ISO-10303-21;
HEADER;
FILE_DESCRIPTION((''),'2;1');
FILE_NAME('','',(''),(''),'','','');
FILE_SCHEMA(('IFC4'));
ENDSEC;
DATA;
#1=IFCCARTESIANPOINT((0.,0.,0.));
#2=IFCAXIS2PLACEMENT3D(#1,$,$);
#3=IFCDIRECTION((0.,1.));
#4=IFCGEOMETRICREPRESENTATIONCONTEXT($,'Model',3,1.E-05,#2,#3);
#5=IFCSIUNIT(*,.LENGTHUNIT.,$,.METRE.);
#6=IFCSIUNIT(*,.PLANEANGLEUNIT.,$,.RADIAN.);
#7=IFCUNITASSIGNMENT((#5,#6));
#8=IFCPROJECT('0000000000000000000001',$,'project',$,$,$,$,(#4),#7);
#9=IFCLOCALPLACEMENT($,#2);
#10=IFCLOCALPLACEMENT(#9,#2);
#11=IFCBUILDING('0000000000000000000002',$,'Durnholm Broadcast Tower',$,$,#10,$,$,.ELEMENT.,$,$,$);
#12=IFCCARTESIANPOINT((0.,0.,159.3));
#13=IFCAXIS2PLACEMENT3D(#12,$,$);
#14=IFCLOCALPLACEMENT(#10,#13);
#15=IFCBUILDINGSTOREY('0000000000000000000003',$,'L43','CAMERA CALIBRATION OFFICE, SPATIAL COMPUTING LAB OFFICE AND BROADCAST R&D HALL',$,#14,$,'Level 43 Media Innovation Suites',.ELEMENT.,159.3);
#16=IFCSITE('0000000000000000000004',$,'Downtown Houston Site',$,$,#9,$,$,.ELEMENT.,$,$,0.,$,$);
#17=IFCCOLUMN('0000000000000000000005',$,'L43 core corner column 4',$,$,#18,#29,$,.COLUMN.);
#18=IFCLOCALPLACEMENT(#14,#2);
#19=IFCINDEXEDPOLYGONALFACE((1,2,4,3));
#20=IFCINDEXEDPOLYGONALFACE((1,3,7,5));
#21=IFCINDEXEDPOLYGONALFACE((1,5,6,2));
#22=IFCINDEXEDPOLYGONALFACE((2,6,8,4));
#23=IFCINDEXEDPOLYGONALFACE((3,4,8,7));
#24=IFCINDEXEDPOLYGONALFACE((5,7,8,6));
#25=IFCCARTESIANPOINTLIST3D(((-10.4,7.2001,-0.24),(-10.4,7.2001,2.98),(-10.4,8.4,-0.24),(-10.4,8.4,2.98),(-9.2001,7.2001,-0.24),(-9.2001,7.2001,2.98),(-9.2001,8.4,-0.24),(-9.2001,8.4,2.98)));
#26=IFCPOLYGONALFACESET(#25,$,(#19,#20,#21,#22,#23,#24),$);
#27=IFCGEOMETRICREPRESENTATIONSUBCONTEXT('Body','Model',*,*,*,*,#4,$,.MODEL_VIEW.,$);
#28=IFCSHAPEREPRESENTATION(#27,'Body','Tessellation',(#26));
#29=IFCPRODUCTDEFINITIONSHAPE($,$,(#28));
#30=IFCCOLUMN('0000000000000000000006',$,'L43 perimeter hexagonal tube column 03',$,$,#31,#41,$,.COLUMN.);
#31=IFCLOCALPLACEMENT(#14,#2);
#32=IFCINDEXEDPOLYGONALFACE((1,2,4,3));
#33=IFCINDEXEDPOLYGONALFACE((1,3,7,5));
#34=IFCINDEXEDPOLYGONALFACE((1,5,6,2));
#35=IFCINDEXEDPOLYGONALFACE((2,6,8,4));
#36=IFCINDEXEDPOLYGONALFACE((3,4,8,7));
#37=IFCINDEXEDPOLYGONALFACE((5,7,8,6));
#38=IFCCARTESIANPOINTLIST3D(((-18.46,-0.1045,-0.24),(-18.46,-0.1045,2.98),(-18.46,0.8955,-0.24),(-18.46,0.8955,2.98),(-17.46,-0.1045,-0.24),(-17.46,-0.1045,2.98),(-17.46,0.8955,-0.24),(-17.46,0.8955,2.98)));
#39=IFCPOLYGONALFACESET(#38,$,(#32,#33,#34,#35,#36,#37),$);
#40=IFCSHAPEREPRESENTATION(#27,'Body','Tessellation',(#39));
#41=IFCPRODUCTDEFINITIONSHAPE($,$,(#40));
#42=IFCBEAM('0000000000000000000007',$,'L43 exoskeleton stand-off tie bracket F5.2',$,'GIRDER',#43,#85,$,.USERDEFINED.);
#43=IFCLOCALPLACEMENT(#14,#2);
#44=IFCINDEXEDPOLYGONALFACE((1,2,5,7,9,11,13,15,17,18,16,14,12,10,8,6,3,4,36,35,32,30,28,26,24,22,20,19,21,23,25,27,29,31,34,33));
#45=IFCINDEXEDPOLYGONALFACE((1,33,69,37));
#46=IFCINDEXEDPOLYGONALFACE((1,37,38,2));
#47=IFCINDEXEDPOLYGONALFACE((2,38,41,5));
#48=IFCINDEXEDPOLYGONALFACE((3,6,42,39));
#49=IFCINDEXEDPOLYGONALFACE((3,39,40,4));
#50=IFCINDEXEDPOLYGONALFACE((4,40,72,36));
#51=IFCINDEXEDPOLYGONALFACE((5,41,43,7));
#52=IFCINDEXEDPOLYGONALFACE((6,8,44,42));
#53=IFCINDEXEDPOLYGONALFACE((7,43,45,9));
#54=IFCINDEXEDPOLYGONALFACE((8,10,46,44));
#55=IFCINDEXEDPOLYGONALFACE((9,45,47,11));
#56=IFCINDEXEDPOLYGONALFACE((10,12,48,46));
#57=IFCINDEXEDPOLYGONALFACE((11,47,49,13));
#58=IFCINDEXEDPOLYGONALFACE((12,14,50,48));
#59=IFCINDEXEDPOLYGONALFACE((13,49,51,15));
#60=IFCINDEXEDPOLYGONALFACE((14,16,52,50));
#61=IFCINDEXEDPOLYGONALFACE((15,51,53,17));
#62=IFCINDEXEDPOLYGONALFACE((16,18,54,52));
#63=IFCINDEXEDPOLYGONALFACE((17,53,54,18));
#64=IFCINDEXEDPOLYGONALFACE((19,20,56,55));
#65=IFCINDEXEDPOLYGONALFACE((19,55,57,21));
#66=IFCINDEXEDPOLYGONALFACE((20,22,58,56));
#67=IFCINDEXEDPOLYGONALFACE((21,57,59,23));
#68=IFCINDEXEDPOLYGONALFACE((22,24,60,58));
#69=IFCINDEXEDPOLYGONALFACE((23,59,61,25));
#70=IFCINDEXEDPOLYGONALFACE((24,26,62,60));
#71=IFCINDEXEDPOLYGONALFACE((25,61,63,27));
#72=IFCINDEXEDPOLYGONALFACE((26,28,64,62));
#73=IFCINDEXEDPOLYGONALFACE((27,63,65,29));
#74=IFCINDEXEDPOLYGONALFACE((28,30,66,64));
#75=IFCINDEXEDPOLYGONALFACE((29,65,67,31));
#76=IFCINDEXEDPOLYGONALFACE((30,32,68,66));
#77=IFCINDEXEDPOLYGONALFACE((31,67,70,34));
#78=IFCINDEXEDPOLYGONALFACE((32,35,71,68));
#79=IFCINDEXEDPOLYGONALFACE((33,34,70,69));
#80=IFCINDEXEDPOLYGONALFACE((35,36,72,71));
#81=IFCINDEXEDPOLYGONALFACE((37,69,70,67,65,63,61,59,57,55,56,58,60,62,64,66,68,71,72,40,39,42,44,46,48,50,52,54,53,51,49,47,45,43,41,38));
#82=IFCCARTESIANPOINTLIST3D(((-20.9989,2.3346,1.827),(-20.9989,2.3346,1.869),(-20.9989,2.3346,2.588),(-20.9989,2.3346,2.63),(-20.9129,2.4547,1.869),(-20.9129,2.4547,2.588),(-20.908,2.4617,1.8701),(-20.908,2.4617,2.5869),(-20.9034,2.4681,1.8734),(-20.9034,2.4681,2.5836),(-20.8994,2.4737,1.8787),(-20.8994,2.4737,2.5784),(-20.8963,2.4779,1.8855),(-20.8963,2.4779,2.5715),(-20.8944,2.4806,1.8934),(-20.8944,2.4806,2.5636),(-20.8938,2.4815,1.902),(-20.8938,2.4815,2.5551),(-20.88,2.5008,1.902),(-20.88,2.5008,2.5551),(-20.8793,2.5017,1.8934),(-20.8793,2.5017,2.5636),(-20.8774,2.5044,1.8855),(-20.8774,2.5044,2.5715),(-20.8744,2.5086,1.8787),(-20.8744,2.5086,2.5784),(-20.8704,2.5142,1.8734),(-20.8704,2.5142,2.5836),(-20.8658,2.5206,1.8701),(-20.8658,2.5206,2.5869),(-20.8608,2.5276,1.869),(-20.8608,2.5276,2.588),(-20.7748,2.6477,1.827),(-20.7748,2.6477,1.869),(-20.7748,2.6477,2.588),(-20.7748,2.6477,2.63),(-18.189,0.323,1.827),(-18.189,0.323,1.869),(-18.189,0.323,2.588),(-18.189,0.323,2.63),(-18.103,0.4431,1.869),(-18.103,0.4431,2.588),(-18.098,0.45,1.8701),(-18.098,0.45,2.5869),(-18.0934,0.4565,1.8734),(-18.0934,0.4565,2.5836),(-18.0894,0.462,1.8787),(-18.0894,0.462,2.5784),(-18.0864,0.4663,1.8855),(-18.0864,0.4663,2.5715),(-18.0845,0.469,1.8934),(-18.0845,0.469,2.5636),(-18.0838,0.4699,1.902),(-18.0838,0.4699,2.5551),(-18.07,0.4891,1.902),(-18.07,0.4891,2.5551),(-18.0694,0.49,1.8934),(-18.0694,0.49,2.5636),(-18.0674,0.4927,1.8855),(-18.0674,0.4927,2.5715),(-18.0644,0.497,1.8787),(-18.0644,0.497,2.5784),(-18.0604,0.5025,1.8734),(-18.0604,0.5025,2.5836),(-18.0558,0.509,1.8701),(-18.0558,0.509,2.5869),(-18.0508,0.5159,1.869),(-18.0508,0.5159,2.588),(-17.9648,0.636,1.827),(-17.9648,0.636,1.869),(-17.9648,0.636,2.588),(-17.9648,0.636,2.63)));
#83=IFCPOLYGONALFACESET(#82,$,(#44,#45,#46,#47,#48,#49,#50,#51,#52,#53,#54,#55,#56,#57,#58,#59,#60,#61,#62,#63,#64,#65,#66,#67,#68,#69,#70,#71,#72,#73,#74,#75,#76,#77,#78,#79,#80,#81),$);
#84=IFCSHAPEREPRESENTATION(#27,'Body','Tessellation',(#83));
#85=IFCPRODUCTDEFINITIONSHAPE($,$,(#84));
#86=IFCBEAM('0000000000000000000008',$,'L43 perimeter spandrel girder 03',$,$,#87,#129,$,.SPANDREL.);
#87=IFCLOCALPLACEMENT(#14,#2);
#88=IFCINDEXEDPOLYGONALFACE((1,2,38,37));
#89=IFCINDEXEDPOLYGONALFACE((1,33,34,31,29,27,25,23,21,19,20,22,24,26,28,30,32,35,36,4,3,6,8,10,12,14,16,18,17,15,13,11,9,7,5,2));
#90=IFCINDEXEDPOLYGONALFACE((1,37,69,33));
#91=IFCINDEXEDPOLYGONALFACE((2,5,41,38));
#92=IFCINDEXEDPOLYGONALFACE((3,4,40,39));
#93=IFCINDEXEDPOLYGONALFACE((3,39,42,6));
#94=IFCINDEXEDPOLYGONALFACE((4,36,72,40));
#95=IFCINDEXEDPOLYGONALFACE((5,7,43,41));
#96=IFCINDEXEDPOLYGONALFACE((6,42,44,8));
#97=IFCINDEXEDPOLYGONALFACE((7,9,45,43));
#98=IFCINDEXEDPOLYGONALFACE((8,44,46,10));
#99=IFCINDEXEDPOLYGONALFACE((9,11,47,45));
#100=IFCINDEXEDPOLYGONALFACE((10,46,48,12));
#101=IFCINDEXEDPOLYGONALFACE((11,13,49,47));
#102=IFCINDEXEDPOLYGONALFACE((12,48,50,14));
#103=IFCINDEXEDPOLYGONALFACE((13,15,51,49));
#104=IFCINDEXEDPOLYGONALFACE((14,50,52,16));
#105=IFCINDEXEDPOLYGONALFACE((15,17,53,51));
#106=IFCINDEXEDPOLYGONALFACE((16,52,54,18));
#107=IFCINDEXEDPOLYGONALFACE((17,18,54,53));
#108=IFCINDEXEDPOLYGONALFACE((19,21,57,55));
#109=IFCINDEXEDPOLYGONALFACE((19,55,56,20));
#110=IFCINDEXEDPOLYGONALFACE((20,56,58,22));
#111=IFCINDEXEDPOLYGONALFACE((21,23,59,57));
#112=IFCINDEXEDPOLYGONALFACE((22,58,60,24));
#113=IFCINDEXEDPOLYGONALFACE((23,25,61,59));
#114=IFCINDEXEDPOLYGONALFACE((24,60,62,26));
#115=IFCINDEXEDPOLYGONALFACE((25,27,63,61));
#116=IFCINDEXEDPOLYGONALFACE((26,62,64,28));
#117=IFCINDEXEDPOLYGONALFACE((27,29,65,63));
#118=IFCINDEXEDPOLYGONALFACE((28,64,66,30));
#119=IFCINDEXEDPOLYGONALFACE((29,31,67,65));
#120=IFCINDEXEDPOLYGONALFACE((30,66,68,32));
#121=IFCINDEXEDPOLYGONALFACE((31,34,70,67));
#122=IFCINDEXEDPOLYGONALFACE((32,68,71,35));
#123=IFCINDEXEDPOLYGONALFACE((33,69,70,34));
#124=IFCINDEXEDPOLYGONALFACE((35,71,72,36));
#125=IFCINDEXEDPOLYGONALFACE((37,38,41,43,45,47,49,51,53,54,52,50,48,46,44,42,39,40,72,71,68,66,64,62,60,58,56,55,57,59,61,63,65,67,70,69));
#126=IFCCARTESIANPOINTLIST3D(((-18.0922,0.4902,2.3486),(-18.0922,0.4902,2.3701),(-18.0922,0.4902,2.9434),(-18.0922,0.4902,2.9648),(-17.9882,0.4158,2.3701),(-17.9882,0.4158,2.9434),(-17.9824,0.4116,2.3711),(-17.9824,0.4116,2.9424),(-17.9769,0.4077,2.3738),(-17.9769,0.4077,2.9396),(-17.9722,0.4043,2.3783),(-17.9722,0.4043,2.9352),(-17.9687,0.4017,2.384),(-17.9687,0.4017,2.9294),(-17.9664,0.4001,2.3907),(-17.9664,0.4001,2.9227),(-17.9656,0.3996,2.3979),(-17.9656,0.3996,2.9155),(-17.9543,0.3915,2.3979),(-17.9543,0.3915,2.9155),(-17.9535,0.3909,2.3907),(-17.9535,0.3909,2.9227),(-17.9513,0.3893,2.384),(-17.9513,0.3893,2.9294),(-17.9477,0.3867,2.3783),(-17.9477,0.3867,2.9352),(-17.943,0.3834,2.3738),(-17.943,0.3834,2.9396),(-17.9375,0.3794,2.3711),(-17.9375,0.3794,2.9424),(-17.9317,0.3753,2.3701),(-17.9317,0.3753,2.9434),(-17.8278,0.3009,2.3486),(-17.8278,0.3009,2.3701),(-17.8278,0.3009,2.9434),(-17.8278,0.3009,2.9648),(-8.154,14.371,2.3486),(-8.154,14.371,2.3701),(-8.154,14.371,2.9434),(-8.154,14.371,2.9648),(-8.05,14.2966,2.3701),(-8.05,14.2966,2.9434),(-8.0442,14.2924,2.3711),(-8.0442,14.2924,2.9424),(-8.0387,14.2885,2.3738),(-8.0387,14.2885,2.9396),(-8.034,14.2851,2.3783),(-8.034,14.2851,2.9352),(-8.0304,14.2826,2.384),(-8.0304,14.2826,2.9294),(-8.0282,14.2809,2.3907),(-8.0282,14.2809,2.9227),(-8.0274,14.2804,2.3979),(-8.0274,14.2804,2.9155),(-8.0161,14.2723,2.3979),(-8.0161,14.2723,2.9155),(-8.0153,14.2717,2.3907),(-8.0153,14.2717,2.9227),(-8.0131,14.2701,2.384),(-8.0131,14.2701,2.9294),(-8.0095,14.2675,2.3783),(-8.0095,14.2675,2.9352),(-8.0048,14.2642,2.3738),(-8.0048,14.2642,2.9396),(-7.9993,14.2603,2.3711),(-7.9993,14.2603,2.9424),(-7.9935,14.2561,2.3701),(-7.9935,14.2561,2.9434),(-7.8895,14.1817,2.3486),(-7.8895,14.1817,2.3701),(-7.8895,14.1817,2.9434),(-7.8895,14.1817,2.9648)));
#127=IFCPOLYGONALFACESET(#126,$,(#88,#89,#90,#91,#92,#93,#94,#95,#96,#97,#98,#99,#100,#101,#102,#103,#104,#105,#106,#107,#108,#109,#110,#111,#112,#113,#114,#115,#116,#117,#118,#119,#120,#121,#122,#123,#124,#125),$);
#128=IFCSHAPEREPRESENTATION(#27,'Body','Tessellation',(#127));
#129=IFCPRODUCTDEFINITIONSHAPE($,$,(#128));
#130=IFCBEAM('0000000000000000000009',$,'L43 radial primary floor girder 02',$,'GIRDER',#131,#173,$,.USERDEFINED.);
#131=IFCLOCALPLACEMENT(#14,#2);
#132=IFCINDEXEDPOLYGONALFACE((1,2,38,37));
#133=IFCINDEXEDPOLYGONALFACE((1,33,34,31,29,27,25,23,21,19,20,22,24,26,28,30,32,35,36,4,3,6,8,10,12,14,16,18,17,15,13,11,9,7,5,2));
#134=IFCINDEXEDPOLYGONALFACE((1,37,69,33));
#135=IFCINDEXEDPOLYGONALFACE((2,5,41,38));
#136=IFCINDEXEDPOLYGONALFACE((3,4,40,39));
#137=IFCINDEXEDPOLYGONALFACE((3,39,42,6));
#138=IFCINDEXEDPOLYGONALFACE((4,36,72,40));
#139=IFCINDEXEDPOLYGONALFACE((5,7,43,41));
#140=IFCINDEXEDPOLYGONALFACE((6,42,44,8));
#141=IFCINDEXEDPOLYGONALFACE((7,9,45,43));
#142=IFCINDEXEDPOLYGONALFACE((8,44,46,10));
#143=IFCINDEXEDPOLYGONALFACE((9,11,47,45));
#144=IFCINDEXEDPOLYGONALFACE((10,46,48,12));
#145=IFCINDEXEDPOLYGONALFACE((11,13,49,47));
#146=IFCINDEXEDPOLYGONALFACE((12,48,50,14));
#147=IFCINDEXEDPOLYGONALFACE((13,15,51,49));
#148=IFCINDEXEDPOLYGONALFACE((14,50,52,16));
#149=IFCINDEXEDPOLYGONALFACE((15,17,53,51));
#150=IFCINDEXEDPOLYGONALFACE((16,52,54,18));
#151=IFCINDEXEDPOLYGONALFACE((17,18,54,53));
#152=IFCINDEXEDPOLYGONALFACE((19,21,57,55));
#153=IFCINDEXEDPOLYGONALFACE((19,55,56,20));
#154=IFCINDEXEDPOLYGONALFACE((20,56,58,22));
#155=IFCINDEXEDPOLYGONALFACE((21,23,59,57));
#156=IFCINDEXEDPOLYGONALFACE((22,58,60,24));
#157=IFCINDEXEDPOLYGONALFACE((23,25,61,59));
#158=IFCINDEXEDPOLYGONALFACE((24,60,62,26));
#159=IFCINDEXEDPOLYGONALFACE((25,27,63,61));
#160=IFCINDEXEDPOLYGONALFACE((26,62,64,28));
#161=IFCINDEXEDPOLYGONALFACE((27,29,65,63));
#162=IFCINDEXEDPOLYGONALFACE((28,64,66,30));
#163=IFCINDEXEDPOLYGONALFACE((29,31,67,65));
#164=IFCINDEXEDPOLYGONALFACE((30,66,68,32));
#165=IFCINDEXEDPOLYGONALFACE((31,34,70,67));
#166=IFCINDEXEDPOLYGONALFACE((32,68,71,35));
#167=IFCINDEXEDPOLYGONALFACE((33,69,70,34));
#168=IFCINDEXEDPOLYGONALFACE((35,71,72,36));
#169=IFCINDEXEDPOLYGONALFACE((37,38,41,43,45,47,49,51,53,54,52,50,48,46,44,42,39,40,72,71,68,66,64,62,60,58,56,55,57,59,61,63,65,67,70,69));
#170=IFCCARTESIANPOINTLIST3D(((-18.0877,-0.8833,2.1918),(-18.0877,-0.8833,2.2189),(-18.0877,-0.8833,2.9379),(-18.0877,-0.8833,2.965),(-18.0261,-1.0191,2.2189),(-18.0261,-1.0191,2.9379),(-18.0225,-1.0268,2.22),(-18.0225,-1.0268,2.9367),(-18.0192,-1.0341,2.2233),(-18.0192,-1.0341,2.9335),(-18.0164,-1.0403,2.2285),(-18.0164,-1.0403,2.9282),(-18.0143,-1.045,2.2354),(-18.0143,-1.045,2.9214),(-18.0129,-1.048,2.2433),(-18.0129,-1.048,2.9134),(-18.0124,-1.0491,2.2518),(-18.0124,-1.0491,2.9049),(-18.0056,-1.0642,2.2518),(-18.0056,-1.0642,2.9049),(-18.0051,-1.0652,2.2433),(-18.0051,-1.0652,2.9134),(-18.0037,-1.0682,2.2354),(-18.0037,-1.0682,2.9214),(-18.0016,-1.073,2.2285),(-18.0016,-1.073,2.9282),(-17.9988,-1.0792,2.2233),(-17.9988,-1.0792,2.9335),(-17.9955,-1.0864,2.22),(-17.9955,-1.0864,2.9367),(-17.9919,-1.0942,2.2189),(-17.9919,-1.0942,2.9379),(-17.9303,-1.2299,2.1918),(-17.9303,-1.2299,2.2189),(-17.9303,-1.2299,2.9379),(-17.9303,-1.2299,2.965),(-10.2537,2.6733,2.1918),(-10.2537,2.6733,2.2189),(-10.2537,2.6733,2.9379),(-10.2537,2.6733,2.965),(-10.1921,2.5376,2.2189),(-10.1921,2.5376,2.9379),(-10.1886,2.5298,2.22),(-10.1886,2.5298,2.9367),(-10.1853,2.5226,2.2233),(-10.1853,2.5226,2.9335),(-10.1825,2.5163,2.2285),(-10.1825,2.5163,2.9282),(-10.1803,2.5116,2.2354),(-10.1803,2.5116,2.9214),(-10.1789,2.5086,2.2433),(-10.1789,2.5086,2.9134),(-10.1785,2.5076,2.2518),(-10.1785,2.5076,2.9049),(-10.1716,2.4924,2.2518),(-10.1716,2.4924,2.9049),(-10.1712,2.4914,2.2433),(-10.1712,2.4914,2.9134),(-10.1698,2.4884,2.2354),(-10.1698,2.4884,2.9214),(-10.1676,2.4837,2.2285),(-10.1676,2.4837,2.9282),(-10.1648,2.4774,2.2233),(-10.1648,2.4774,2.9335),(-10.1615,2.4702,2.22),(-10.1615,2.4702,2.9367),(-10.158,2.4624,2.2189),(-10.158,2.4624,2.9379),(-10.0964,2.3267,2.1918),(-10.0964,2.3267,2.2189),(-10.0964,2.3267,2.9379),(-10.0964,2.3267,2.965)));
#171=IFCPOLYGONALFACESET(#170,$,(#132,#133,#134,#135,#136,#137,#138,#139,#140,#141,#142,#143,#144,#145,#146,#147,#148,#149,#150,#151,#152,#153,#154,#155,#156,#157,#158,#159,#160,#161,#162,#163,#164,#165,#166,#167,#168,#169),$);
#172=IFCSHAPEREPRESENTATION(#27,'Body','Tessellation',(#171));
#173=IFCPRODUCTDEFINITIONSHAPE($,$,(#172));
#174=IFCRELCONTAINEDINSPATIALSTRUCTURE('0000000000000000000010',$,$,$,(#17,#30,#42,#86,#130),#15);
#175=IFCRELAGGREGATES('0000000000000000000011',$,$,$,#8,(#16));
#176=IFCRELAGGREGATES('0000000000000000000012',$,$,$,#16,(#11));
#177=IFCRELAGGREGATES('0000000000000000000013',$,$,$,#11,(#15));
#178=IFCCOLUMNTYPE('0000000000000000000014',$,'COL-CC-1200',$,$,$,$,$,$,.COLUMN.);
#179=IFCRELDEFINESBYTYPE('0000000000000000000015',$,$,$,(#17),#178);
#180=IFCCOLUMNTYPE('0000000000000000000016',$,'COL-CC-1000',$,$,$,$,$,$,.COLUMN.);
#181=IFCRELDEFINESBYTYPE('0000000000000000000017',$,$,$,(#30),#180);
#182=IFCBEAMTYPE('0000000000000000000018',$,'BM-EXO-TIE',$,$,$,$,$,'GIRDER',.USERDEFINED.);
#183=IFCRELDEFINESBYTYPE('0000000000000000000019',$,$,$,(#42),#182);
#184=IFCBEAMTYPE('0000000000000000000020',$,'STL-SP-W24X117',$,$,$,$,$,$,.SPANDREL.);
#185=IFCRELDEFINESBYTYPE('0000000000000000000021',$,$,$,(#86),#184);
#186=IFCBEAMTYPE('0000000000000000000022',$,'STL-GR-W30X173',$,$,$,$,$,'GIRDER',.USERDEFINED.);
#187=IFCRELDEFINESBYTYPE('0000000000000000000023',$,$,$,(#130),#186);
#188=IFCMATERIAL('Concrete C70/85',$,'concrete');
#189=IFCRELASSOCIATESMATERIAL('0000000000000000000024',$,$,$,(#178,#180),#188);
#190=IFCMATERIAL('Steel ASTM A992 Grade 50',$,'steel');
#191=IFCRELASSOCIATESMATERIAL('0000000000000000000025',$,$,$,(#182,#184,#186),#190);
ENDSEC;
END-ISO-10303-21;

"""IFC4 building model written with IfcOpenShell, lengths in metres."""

from ifc_helpers import new_model, si_unit, direction, frame, origin, origin_2d, place, context, subcontext, project, spatial, rectangle, i_section, extrude, source, transform, mapped, material, material_profile, profile_set, type_object, type_shapes, element, save


model = new_model("IFC4")

# Units and contexts
model_context = context("Model", 3, precision=1e-05, world=origin(), true_north=direction((0.0, 1.0)))
body_context = subcontext(model_context, "Body", "Model", "MODEL_VIEW")
ifc_project = project(units=[si_unit("LENGTHUNIT", "METRE"), si_unit("PLANEANGLEUNIT", "RADIAN")], contexts=[model_context])

# Site, building, storey
site_placement = place(None, origin())
site = spatial("IfcSite", under=ifc_project, at=site_placement, Name="Downtown Houston Site", CompositionType="ELEMENT", RefElevation=0.0)
building_placement = place(site_placement, origin())
building = spatial("IfcBuilding", under=site, at=building_placement, Name="Durnholm Broadcast Tower", CompositionType="ELEMENT")
storey_placement = place(building_placement, frame((0.0, 0.0, 159.3)))
storey = spatial("IfcBuildingStorey", under=building, at=storey_placement, Name="L43", Description="CAMERA CALIBRATION OFFICE, SPATIAL COMPUTING LAB OFFICE AND BROADCAST R&D HALL", LongName="Level 43 Media Innovation Suites", CompositionType="ELEMENT", Elevation=159.3)

# Columns
ifc_material_1 = material(Name="Concrete C70/85", Category="concrete")
ifc_material_profile_1 = material_profile(ifc_material_1, rectangle(XDim=1.2, YDim=1.2, at=origin_2d()), Name="RC1200X1200")
ifc_profile_set_1 = profile_set([ifc_material_profile_1], Name="Concrete C70/85")
column_type_1 = type_object("IfcColumnType", Name="COL-CC-1200", PredefinedType="COLUMN", material=ifc_profile_set_1)
shared_shape_1 = source(origin(), body_context, "Body", "SweptSolid", [
    extrude(rectangle(XDim=1.2, YDim=1.2, at=origin_2d()), origin(), (0.0, 0.0, 1.0), 3.22),
])
type_shapes(column_type_1, [shared_shape_1])
column_1_placement = place(storey_placement, frame((-9.8, 7.8, -0.24), z_axis=(0.0, 0.0, 1.0), x_axis=(1.0, 0.0, 0.0)))
element("IfcColumn", 1, at=column_1_placement, inside=storey, type_object=column_type_1, Name="L43 core corner column 4", PredefinedType="COLUMN", context=body_context, shape_type="MappedRepresentation", body=[
    mapped(shared_shape_1, transform((0.0, 0.0, 0.0), x_axis=(1.0, 0.0, 0.0), y_axis=(0.0, 1.0, 0.0), z_axis=(0.0, 0.0, 1.0), scale=1.0)),
])
ifc_material_profile_2 = material_profile(ifc_material_1, rectangle(XDim=1.0, YDim=1.0, at=origin_2d()), Name="RC1000X1000")
ifc_profile_set_2 = profile_set([ifc_material_profile_2], Name="Concrete C70/85")
column_type_2 = type_object("IfcColumnType", Name="COL-CC-1000", PredefinedType="COLUMN", material=ifc_profile_set_2)
shared_shape_2 = source(origin(), body_context, "Body", "SweptSolid", [
    extrude(rectangle(XDim=1.0, YDim=1.0, at=origin_2d()), origin(), (0.0, 0.0, 1.0), 3.22),
])
type_shapes(column_type_2, [shared_shape_2])
column_2_placement = place(storey_placement, frame((-17.96, 0.3955, -0.24), z_axis=(0.0, 0.0, 1.0), x_axis=(1.0, 0.0, 0.0)))
element("IfcColumn", 2, at=column_2_placement, inside=storey, type_object=column_type_2, Name="L43 perimeter hexagonal tube column 03", PredefinedType="COLUMN", context=body_context, shape_type="MappedRepresentation", body=[
    mapped(shared_shape_2, transform((0.0, 0.0, 0.0), x_axis=(1.0, 0.0, 0.0), y_axis=(0.0, 1.0, 0.0), z_axis=(0.0, 0.0, 1.0), scale=1.0)),
])

# Beams
ifc_material_2 = material(Name="Steel ASTM A992 Grade 50", Category="steel")
ifc_material_profile_3 = material_profile(ifc_material_2, i_section(OverallWidth=0.385, OverallDepth=0.803, WebThickness=0.0237, FlangeThickness=0.042, FilletRadius=0.033, at=origin_2d()), Name="W30X261")
ifc_profile_set_3 = profile_set([ifc_material_profile_3], Name="Steel ASTM A992 Grade 50")
beam_type_1 = type_object("IfcBeamType", Name="BM-EXO-TIE", ElementType="GIRDER", PredefinedType="USERDEFINED", material=ifc_profile_set_3)
shared_shape_3 = source(origin(), body_context, "Body", "SweptSolid", [
    extrude(i_section(OverallWidth=0.385, OverallDepth=0.803, WebThickness=0.0237, FlangeThickness=0.042, FilletRadius=0.033, at=origin_2d()), origin(), (0.0, 0.0, 1.0), 3.4558),
])
type_shapes(beam_type_1, [shared_shape_3])
beam_1_placement = place(storey_placement, frame((-18.0769, 0.4795, 2.2285), z_axis=(-0.813112, 0.582107, 0.0), x_axis=(-0.582107, -0.813112, 0.0)))
element("IfcBeam", 3, at=beam_1_placement, inside=storey, type_object=beam_type_1, Name="L43 exoskeleton stand-off tie bracket F5.2", ObjectType="GIRDER", PredefinedType="USERDEFINED", context=body_context, shape_type="MappedRepresentation", body=[
    mapped(shared_shape_3, transform((0.0, 0.0, 0.0), x_axis=(1.0, 0.0, 0.0), y_axis=(0.0, 1.0, 0.0), z_axis=(0.0, 0.0, 1.0), scale=1.0)),
])
ifc_material_profile_4 = material_profile(ifc_material_2, i_section(OverallWidth=0.3252, OverallDepth=0.6162, WebThickness=0.0139, FlangeThickness=0.0215, FilletRadius=0.0278, at=origin_2d()), Name="W24X117")
ifc_profile_set_4 = profile_set([ifc_material_profile_4], Name="Steel ASTM A992 Grade 50")
beam_type_2 = type_object("IfcBeamType", Name="STL-SP-W24X117", PredefinedType="SPANDREL", material=ifc_profile_set_4)
shared_shape_4 = source(origin(), body_context, "Body", "SweptSolid", [
    extrude(i_section(OverallWidth=0.3252, OverallDepth=0.6162, WebThickness=0.0139, FlangeThickness=0.0215, FilletRadius=0.0278, at=origin_2d()), origin(), (0.0, 0.0, 1.0), 17.0718),
])
type_shapes(beam_type_2, [shared_shape_4])
beam_2_placement = place(storey_placement, frame((-17.96, 0.3955, 2.6567), z_axis=(0.582143, 0.813087, 0.0), x_axis=(-0.813087, 0.582143, 0.0)))
element("IfcBeam", 4, at=beam_2_placement, inside=storey, type_object=beam_type_2, Name="L43 perimeter spandrel girder 03", PredefinedType="SPANDREL", context=body_context, shape_type="MappedRepresentation", body=[
    mapped(shared_shape_4, transform((0.0, 0.0, 0.0), x_axis=(1.0, 0.0, 0.0), y_axis=(0.0, 1.0, 0.0), z_axis=(0.0, 0.0, 1.0), scale=1.0)),
])
ifc_material_profile_5 = material_profile(ifc_material_2, i_section(OverallWidth=0.3806, OverallDepth=0.7732, WebThickness=0.0166, FlangeThickness=0.0271, FilletRadius=0.033, at=origin_2d()), Name="W30X173")
ifc_profile_set_5 = profile_set([ifc_material_profile_5], Name="Steel ASTM A992 Grade 50")
beam_type_3 = type_object("IfcBeamType", Name="STL-GR-W30X173", ElementType="GIRDER", PredefinedType="USERDEFINED", material=ifc_profile_set_5)
shared_shape_5 = source(origin(), body_context, "Body", "SweptSolid", [
    extrude(i_section(OverallWidth=0.3806, OverallDepth=0.7732, WebThickness=0.0166, FlangeThickness=0.0271, FilletRadius=0.033, at=origin_2d()), origin(), (0.0, 0.0, 1.0), 8.6035),
])
beam_3_placement = place(storey_placement, frame((-10.175, 2.5, 2.5784), z_axis=(-0.910553, -0.413392, 0.0), x_axis=(0.413392, -0.910553, 0.0)))
element("IfcBeam", 5, at=beam_3_placement, inside=storey, type_object=beam_type_3, Name="L43 radial primary floor girder 02", ObjectType="GIRDER", PredefinedType="USERDEFINED", context=body_context, shape_type="MappedRepresentation", body=[
    mapped(shared_shape_5, transform((0.0, 0.0, 0.0), x_axis=(1.0, 0.0, 0.0), y_axis=(0.0, 1.0, 0.0), z_axis=(0.0, 0.0, 1.0), scale=1.0)),
])

save(model, "model.ifc")
